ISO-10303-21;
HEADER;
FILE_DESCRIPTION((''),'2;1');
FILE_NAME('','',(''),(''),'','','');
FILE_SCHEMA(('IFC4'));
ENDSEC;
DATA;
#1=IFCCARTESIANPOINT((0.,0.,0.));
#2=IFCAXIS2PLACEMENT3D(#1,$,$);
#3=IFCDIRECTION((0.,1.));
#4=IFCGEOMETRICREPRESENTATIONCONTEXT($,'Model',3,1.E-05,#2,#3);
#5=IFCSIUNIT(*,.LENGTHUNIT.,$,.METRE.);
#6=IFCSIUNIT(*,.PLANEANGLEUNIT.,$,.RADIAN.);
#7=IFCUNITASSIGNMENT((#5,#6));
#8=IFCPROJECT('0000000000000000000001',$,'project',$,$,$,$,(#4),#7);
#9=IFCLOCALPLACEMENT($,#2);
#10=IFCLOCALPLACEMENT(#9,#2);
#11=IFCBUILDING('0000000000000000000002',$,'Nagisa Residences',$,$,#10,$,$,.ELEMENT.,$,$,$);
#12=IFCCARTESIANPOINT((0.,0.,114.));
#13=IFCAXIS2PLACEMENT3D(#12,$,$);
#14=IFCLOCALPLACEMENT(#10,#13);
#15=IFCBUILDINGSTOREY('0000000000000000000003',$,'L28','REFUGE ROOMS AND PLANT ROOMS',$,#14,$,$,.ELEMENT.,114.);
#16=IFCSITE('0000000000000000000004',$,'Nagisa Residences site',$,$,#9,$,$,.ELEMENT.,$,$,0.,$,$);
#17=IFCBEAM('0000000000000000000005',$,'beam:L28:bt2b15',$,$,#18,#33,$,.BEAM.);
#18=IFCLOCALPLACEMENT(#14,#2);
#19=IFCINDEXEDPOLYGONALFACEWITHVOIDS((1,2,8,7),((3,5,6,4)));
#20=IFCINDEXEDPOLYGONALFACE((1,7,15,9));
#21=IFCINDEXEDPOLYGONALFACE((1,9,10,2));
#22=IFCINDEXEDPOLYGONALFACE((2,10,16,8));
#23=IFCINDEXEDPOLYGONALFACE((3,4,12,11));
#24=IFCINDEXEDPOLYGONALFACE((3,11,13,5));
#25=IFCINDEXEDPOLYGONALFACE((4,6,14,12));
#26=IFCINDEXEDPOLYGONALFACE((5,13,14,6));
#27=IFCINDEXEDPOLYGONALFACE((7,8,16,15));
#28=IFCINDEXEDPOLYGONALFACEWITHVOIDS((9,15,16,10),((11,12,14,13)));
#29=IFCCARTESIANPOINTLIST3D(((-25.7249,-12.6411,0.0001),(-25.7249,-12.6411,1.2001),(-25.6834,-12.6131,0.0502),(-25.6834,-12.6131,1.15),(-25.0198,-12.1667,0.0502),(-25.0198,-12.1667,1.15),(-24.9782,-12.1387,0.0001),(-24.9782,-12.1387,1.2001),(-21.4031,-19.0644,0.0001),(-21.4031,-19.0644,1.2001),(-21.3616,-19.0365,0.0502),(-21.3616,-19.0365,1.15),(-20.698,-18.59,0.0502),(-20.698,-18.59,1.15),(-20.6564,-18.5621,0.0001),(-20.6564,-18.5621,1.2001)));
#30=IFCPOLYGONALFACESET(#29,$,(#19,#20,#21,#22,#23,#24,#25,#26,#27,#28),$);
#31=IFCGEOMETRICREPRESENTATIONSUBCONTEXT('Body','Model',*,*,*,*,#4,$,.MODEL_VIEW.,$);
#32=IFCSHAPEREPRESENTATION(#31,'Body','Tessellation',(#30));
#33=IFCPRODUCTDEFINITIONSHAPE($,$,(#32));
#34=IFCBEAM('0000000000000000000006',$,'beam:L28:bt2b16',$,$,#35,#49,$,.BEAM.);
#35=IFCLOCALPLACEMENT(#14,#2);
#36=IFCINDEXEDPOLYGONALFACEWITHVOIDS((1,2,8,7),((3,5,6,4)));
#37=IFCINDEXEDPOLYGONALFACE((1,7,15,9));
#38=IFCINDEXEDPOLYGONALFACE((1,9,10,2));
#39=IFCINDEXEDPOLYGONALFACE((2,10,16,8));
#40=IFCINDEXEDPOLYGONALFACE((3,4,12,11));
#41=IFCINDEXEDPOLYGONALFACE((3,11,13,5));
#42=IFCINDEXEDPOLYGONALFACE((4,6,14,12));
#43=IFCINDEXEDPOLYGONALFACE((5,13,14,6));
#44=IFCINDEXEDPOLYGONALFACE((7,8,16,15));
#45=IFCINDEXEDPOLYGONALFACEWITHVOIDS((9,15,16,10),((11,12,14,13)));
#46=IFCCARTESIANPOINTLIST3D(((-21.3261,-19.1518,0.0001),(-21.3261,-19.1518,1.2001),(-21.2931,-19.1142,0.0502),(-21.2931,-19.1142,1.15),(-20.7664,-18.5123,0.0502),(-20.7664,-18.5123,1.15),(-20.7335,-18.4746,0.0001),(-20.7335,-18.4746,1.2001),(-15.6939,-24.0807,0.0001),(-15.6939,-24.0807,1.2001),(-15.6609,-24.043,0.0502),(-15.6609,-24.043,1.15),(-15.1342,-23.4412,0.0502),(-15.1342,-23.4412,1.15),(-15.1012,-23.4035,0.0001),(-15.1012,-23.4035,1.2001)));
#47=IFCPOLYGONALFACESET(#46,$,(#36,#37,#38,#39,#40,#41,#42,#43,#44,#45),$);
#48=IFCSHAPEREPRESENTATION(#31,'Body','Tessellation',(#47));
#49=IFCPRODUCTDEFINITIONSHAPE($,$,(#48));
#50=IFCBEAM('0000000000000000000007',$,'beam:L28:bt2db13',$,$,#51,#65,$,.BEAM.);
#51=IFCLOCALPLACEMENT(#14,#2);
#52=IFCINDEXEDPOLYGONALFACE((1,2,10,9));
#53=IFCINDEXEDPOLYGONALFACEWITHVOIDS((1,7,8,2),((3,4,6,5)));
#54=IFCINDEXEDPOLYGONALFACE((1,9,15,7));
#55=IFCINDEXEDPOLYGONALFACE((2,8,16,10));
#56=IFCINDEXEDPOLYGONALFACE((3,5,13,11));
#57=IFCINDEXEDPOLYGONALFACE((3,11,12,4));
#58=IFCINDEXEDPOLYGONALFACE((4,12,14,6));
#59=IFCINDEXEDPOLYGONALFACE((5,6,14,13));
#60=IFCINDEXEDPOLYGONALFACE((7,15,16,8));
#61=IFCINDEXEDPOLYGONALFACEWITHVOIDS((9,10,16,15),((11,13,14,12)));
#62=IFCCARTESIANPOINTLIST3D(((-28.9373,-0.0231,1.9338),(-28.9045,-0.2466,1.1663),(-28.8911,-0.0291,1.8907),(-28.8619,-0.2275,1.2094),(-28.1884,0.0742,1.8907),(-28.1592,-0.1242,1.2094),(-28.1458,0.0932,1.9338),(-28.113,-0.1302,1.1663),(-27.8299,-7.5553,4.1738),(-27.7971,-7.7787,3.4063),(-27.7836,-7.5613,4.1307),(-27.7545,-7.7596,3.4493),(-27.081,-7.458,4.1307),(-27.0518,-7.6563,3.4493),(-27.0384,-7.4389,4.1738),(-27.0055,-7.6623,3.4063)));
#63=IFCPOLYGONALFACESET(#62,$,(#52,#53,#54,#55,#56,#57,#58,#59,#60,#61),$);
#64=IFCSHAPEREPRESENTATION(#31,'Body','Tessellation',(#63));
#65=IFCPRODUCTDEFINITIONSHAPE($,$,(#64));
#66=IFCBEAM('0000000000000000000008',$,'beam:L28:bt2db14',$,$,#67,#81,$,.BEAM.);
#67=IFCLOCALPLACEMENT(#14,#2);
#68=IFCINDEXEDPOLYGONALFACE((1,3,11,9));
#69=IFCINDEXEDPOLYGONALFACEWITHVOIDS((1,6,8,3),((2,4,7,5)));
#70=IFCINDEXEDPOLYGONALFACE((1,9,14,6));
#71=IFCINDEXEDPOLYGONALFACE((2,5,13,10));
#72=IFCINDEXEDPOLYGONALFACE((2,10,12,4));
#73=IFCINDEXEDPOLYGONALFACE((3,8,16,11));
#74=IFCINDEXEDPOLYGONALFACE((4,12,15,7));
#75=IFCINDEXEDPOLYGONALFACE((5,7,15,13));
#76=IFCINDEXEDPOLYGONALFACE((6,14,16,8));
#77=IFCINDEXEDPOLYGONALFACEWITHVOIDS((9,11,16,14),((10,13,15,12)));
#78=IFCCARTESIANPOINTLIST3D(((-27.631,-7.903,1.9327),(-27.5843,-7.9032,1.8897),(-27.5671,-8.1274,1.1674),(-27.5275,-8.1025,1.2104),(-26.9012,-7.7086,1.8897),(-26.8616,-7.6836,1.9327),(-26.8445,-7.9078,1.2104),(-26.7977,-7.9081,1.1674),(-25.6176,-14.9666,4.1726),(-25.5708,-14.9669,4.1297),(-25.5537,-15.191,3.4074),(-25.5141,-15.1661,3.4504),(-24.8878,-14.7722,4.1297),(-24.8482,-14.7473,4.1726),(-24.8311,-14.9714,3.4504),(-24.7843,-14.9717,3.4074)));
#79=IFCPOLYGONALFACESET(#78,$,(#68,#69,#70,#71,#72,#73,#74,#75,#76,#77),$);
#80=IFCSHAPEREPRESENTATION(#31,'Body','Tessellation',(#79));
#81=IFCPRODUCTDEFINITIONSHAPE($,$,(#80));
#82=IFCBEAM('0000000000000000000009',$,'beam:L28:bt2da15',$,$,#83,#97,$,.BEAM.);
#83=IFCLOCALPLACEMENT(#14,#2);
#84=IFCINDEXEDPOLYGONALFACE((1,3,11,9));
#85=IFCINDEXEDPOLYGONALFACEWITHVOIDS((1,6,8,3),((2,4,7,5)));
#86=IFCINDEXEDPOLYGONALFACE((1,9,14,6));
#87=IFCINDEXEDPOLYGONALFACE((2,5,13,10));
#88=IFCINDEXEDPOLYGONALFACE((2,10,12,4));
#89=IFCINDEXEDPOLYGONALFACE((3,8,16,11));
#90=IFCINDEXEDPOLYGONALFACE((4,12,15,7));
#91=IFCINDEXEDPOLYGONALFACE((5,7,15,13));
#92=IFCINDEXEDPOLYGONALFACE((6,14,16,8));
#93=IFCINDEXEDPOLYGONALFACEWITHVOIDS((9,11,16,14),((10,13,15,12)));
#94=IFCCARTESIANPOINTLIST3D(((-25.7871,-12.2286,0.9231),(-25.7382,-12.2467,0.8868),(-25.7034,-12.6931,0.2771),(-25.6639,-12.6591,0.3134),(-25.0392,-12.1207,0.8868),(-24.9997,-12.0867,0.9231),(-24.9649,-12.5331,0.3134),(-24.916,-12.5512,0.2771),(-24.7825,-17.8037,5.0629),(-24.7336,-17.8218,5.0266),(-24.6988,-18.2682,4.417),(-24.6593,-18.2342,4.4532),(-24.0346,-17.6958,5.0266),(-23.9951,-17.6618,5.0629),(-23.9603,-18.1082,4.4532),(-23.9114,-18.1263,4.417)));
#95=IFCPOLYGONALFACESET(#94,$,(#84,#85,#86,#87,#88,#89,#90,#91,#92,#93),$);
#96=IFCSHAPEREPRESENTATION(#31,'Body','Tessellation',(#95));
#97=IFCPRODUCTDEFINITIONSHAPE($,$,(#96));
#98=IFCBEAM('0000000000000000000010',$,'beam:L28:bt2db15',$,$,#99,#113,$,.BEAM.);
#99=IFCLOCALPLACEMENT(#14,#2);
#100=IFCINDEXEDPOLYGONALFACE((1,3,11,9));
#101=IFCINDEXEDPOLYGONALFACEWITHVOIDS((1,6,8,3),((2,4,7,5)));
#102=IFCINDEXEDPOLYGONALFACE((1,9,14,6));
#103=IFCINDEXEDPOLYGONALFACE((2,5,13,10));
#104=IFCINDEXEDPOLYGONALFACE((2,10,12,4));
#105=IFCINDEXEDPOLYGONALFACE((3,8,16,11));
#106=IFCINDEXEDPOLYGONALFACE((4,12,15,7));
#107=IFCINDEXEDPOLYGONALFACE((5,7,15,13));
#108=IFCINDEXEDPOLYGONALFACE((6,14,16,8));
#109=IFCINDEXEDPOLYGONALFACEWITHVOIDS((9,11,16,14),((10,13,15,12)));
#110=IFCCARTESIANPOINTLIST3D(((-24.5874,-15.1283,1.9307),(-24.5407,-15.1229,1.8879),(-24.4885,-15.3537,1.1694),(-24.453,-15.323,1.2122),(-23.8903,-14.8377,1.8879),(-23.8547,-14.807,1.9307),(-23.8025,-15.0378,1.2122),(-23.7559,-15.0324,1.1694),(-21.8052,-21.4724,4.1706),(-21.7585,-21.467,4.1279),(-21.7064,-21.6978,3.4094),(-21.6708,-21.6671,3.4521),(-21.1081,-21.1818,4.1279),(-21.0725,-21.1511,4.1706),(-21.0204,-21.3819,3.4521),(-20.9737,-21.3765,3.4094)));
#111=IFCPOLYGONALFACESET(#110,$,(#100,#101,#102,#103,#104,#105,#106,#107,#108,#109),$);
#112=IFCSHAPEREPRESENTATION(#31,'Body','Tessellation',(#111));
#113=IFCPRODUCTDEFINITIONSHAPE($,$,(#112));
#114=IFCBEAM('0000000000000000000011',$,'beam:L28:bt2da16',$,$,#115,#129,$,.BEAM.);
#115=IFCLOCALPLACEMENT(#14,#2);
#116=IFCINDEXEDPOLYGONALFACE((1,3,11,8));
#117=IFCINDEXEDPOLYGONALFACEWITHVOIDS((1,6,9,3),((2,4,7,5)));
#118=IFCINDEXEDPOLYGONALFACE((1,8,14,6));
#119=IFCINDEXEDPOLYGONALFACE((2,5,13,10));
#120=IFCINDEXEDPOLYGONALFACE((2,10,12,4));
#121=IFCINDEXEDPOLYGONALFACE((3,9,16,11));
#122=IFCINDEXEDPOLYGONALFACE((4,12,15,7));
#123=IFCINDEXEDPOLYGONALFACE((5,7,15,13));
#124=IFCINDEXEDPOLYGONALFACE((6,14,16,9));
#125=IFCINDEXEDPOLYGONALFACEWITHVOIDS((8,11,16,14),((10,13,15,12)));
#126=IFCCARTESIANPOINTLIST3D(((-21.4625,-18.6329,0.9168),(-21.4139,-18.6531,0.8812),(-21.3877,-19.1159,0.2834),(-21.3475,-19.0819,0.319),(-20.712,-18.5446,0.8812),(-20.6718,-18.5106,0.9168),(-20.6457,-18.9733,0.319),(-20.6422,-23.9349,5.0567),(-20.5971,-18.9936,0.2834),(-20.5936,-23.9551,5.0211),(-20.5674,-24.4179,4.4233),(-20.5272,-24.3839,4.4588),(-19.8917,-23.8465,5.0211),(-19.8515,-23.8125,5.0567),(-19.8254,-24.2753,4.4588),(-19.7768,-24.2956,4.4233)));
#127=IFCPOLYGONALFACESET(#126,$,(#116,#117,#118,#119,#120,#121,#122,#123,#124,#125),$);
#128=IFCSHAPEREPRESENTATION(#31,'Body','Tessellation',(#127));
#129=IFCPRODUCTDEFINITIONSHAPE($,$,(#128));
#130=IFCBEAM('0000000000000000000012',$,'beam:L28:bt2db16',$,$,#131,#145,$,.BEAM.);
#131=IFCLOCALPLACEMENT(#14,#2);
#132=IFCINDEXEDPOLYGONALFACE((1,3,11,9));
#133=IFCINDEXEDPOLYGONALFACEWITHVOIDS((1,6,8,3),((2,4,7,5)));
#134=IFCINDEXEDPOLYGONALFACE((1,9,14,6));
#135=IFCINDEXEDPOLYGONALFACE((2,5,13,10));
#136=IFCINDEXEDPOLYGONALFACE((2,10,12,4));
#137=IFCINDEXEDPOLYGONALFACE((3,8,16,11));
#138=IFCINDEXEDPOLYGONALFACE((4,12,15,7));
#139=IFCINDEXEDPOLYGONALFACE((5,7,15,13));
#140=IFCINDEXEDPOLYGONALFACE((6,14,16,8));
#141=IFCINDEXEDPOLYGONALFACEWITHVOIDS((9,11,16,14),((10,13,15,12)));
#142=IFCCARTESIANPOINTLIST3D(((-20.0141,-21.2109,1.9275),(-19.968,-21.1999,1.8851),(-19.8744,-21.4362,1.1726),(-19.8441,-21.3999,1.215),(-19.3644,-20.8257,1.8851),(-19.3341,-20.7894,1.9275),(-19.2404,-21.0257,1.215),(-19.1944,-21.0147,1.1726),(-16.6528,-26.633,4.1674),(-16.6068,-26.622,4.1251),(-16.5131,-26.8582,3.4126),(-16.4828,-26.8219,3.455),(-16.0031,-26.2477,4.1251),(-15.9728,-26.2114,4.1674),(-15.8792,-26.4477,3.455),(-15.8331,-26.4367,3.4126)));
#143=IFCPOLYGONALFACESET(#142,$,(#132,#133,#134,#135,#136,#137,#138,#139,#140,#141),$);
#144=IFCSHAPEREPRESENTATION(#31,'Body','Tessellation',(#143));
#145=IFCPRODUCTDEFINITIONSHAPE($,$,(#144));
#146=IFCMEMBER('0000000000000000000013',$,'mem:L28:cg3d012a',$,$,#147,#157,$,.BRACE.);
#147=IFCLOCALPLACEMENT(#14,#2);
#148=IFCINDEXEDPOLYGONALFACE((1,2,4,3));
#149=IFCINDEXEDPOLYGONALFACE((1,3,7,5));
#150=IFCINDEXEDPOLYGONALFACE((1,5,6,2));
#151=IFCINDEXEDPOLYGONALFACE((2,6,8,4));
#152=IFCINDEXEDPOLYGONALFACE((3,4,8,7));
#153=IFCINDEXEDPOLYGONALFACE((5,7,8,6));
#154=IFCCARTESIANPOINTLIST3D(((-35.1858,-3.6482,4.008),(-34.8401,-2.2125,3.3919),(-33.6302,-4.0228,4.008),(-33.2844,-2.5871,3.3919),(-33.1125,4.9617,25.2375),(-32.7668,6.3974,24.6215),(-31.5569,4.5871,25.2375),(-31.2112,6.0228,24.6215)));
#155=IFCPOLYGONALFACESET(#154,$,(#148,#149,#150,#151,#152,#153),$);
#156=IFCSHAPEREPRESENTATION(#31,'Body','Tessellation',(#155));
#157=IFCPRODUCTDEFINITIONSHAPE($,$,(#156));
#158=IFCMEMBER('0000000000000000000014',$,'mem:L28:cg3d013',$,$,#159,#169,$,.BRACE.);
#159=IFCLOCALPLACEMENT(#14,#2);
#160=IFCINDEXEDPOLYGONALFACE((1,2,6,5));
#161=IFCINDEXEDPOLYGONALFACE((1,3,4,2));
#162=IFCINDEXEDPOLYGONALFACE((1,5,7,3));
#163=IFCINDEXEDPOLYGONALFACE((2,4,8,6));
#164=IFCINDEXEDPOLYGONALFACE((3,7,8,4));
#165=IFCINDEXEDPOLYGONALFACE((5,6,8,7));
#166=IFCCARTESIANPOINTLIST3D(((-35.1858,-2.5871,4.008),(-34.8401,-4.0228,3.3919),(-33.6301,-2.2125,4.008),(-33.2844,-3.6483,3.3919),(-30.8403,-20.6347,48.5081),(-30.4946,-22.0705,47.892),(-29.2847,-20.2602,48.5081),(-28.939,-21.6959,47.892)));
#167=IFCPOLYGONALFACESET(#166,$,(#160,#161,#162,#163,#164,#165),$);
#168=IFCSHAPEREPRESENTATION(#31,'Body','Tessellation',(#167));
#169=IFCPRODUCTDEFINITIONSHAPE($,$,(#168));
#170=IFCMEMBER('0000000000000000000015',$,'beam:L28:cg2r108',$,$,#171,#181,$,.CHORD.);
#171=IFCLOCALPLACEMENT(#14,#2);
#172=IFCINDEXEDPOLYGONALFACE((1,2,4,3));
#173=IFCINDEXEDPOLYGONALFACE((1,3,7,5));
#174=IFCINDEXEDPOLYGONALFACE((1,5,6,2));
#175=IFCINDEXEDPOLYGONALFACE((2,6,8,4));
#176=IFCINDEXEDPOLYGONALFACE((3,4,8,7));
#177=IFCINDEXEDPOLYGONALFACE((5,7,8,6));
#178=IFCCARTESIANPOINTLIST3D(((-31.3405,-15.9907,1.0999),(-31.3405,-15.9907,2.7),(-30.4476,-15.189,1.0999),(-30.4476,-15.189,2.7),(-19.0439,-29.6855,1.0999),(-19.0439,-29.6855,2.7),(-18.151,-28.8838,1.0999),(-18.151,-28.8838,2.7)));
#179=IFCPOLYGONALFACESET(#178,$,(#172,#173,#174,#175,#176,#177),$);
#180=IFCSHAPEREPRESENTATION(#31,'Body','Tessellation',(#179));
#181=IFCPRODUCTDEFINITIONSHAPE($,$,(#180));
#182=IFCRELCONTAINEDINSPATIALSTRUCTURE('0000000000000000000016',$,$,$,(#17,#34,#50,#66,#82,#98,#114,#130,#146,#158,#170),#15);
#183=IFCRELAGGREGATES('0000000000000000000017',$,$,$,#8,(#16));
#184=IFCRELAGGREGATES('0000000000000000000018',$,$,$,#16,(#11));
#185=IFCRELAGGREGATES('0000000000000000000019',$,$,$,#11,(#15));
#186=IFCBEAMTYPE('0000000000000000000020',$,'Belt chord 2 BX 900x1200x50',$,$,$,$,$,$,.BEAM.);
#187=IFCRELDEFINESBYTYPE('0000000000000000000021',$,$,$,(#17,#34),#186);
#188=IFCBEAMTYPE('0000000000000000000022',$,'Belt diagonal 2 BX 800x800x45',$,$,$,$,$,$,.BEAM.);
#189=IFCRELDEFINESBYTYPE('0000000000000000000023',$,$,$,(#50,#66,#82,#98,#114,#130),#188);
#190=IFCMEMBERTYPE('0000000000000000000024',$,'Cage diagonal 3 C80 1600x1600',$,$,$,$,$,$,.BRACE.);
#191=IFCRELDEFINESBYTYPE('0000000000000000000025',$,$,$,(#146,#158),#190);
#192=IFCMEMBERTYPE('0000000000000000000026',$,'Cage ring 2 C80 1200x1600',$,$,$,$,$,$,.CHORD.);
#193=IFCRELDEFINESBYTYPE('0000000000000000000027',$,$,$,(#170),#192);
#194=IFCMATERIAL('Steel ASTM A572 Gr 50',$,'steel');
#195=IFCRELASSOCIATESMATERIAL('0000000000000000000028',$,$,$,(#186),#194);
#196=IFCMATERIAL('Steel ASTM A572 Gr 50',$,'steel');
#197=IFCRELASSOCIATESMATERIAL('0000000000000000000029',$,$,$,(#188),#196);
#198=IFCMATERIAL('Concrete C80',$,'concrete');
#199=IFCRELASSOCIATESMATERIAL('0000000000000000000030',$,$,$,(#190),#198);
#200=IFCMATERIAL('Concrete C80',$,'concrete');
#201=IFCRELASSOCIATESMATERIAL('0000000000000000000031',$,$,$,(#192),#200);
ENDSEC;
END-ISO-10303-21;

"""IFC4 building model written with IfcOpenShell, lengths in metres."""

from ifc_helpers import new_model, si_unit, direction, frame, origin, origin_2d, place, context, subcontext, project, spatial, rectangle, hollow_rectangle, extrude, material, material_profile, profile_set, type_object, element, save


model = new_model("IFC4")

# Units and contexts
model_context = context("Model", 3, precision=1e-05, world=origin(), true_north=direction((0.0, 1.0)))
body_context = subcontext(model_context, "Body", "Model", "MODEL_VIEW")
ifc_project = project(units=[si_unit("LENGTHUNIT", "METRE"), si_unit("PLANEANGLEUNIT", "RADIAN")], contexts=[model_context])

# Site, building, storey
site_placement = place(None, origin())
site = spatial("IfcSite", under=ifc_project, at=site_placement, Name="Nagisa Residences site", CompositionType="ELEMENT", RefElevation=0.0)
building_placement = place(site_placement, origin())
building = spatial("IfcBuilding", under=site, at=building_placement, Name="Nagisa Residences", CompositionType="ELEMENT")
storey_placement = place(building_placement, frame((0.0, 0.0, 114.0)))
storey = spatial("IfcBuildingStorey", under=building, at=storey_placement, Name="L28", Description="REFUGE ROOMS AND PLANT ROOMS", CompositionType="ELEMENT", Elevation=114.0)

# Beams
ifc_material_1 = material(Name="Steel ASTM A572 Gr 50", Category="steel")
ifc_material_profile_1 = material_profile(ifc_material_1, hollow_rectangle(XDim=0.8999, YDim=1.2, WallThickness=0.05, at=origin_2d()), Name="BX 900x1200x50")
ifc_profile_set_1 = profile_set([ifc_material_profile_1], Name="Steel ASTM A572 Gr 50")
beam_type_1 = type_object("IfcBeamType", Name="Belt chord 2 BX 900x1200x50", PredefinedType="BEAM", material=ifc_profile_set_1)
beam_1_placement = place(storey_placement, frame((-25.3516, -12.3899, 0.6001), z_axis=(0.558232, -0.829685, 0.0), x_axis=(0.829685, 0.558232, 0.0)))
element("IfcBeam", 1, at=beam_1_placement, inside=storey, type_object=beam_type_1, Name="beam:L28:bt2b15", PredefinedType="BEAM", context=body_context, shape_type="SweptSolid", body=[
    extrude(hollow_rectangle(XDim=0.8999, YDim=1.2, WallThickness=0.05, at=origin_2d()), origin(), (0.0, 0.0, 1.0), 7.7419),
])
beam_2_placement = place(storey_placement, frame((-21.0298, -18.8132, 0.6001), z_axis=(0.752532, -0.658555, 0.0), x_axis=(0.658555, 0.752532, 0.0)))
element("IfcBeam", 2, at=beam_2_placement, inside=storey, type_object=beam_type_1, Name="beam:L28:bt2b16", PredefinedType="BEAM", context=body_context, shape_type="SweptSolid", body=[
    extrude(hollow_rectangle(XDim=0.8999, YDim=1.2, WallThickness=0.05, at=origin_2d()), origin(), (0.0, 0.0, 1.0), 7.4844),
])
ifc_material_2 = material(Name="Steel ASTM A572 Gr 50", Category="steel")
ifc_material_profile_2 = material_profile(ifc_material_2, hollow_rectangle(XDim=0.8, YDim=0.8, WallThickness=0.0449, at=origin_2d()), Name="BX 800x800x45")
ifc_profile_set_2 = profile_set([ifc_material_profile_2], Name="Steel ASTM A572 Gr 50")
beam_type_2 = type_object("IfcBeamType", Name="Belt diagonal 2 BX 800x800x45", PredefinedType="BEAM", material=ifc_profile_set_2)
beam_3_placement = place(storey_placement, frame((-28.5251, -0.0767, 1.55), z_axis=(0.139546, -0.949134, 0.282261), x_axis=(0.989364, 0.145461, 0.0)))
element("IfcBeam", 3, at=beam_3_placement, inside=storey, type_object=beam_type_2, Name="beam:L28:bt2db13", PredefinedType="BEAM", context=body_context, shape_type="SweptSolid", body=[
    extrude(hollow_rectangle(XDim=0.8, YDim=0.8, WallThickness=0.0449, at=origin_2d()), origin(), (0.0, 0.0, 1.0), 7.9358),
])
beam_4_placement = place(storey_placement, frame((-27.2144, -7.9055, 1.55), z_axis=(0.262198, -0.919871, 0.291702), x_axis=(0.961696, 0.27412, 0.0)))
element("IfcBeam", 4, at=beam_4_placement, inside=storey, type_object=beam_type_2, Name="beam:L28:bt2db14", PredefinedType="BEAM", context=body_context, shape_type="SweptSolid", body=[
    extrude(hollow_rectangle(XDim=0.8, YDim=0.8, WallThickness=0.0449, at=origin_2d()), origin(), (0.0, 0.0, 1.0), 7.679),
])
beam_5_placement = place(storey_placement, frame((-25.3516, -12.3899, 0.6001), z_axis=(0.143183, -0.794587, 0.590025), x_axis=(0.984149, 0.177342, 0.0)))
element("IfcBeam", 5, at=beam_5_placement, inside=storey, type_object=beam_type_2, Name="beam:L28:bt2da15", PredefinedType="BEAM", context=body_context, shape_type="SweptSolid", body=[
    extrude(hollow_rectangle(XDim=0.8, YDim=0.8, WallThickness=0.0449, at=origin_2d()), origin(), (0.0, 0.0, 1.0), 7.0164),
])
beam_6_placement = place(storey_placement, frame((-24.1716, -15.0803, 1.55), z_axis=(0.38214, -0.871385, 0.307664), x_axis=(0.915806, 0.401621, 0.0)))
element("IfcBeam", 6, at=beam_6_placement, inside=storey, type_object=beam_type_2, Name="beam:L28:bt2db15", PredefinedType="BEAM", context=body_context, shape_type="SweptSolid", body=[
    extrude(hollow_rectangle(XDim=0.8, YDim=0.8, WallThickness=0.0449, at=origin_2d()), origin(), (0.0, 0.0, 1.0), 7.2805),
])
beam_7_placement = place(storey_placement, frame((-21.0298, -18.8132, 0.6001), z_axis=(0.12105, -0.782394, 0.610906), x_axis=(0.988242, 0.152898, 0.0)))
element("IfcBeam", 7, at=beam_7_placement, inside=storey, type_object=beam_type_2, Name="beam:L28:bt2da16", PredefinedType="BEAM", context=body_context, shape_type="SweptSolid", body=[
    extrude(hollow_rectangle(XDim=0.8, YDim=0.8, WallThickness=0.0449, at=origin_2d()), origin(), (0.0, 0.0, 1.0), 6.7766),
])
beam_8_placement = place(storey_placement, frame((-19.6042, -21.1128, 1.55), z_axis=(0.497141, -0.801932, 0.331295), x_axis=(0.84993, 0.526896, 0.0)))
element("IfcBeam", 8, at=beam_8_placement, inside=storey, type_object=beam_type_2, Name="beam:L28:bt2db16", PredefinedType="BEAM", context=body_context, shape_type="SweptSolid", body=[
    extrude(hollow_rectangle(XDim=0.8, YDim=0.8, WallThickness=0.0449, at=origin_2d()), origin(), (0.0, 0.0, 1.0), 6.7612),
])

# Members
ifc_material_3 = material(Name="Concrete C80", Category="concrete")
ifc_material_profile_3 = material_profile(ifc_material_3, rectangle(XDim=1.6001, YDim=1.6001, at=origin_2d()), Name="C80 1600x1600")
ifc_profile_set_3 = profile_set([ifc_material_profile_3], Name="Concrete C80")
member_type_1 = type_object("IfcMemberType", Name="Cage diagonal 3 C80 1600x1600", PredefinedType="BRACE", material=ifc_profile_set_3)
member_1_placement = place(storey_placement, frame((-34.2351, -3.1177, 3.7), z_axis=(0.090131, 0.3743, 0.922917), x_axis=(-0.972211, 0.234107, 0.0)))
element("IfcMember", 9, at=member_1_placement, inside=storey, type_object=member_type_1, Name="mem:L28:cg3d012a", PredefinedType="BRACE", context=body_context, shape_type="SweptSolid", body=[
    extrude(rectangle(XDim=1.6001, YDim=1.6001, at=origin_2d()), origin(), (0.0, 0.0, 1.0), 23.0027),
])
member_2_placement = place(storey_placement, frame((-34.2351, -3.1177, 3.7), z_axis=(0.090124, -0.374302, 0.922917), x_axis=(0.972215, 0.234088, 0.0)))
element("IfcMember", 10, at=member_2_placement, inside=storey, type_object=member_type_1, Name="mem:L28:cg3d013", PredefinedType="BRACE", context=body_context, shape_type="SweptSolid", body=[
    extrude(rectangle(XDim=1.6001, YDim=1.6001, at=origin_2d()), origin(), (0.0, 0.0, 1.0), 48.2168),
])
ifc_material_4 = material(Name="Concrete C80", Category="concrete")
ifc_material_profile_4 = material_profile(ifc_material_4, rectangle(XDim=1.2, YDim=1.6001, at=origin_2d()), Name="C80 1200x1600")
ifc_profile_set_4 = profile_set([ifc_material_profile_4], Name="Concrete C80")
member_type_2 = type_object("IfcMemberType", Name="Cage ring 2 C80 1200x1600", PredefinedType="CHORD", material=ifc_profile_set_4)
member_3_placement = place(storey_placement, frame((-30.894, -15.5898, 1.8999), z_axis=(0.668102, -0.744069, 0.0), x_axis=(0.744069, 0.668102, 0.0)))
element("IfcMember", 11, at=member_3_placement, inside=storey, type_object=member_type_2, Name="beam:L28:cg2r108", PredefinedType="CHORD", context=body_context, shape_type="SweptSolid", body=[
    extrude(rectangle(XDim=1.2, YDim=1.6001, at=origin_2d()), origin(), (0.0, 0.0, 1.0), 18.4053),
])

save(model, "model.ifc")
